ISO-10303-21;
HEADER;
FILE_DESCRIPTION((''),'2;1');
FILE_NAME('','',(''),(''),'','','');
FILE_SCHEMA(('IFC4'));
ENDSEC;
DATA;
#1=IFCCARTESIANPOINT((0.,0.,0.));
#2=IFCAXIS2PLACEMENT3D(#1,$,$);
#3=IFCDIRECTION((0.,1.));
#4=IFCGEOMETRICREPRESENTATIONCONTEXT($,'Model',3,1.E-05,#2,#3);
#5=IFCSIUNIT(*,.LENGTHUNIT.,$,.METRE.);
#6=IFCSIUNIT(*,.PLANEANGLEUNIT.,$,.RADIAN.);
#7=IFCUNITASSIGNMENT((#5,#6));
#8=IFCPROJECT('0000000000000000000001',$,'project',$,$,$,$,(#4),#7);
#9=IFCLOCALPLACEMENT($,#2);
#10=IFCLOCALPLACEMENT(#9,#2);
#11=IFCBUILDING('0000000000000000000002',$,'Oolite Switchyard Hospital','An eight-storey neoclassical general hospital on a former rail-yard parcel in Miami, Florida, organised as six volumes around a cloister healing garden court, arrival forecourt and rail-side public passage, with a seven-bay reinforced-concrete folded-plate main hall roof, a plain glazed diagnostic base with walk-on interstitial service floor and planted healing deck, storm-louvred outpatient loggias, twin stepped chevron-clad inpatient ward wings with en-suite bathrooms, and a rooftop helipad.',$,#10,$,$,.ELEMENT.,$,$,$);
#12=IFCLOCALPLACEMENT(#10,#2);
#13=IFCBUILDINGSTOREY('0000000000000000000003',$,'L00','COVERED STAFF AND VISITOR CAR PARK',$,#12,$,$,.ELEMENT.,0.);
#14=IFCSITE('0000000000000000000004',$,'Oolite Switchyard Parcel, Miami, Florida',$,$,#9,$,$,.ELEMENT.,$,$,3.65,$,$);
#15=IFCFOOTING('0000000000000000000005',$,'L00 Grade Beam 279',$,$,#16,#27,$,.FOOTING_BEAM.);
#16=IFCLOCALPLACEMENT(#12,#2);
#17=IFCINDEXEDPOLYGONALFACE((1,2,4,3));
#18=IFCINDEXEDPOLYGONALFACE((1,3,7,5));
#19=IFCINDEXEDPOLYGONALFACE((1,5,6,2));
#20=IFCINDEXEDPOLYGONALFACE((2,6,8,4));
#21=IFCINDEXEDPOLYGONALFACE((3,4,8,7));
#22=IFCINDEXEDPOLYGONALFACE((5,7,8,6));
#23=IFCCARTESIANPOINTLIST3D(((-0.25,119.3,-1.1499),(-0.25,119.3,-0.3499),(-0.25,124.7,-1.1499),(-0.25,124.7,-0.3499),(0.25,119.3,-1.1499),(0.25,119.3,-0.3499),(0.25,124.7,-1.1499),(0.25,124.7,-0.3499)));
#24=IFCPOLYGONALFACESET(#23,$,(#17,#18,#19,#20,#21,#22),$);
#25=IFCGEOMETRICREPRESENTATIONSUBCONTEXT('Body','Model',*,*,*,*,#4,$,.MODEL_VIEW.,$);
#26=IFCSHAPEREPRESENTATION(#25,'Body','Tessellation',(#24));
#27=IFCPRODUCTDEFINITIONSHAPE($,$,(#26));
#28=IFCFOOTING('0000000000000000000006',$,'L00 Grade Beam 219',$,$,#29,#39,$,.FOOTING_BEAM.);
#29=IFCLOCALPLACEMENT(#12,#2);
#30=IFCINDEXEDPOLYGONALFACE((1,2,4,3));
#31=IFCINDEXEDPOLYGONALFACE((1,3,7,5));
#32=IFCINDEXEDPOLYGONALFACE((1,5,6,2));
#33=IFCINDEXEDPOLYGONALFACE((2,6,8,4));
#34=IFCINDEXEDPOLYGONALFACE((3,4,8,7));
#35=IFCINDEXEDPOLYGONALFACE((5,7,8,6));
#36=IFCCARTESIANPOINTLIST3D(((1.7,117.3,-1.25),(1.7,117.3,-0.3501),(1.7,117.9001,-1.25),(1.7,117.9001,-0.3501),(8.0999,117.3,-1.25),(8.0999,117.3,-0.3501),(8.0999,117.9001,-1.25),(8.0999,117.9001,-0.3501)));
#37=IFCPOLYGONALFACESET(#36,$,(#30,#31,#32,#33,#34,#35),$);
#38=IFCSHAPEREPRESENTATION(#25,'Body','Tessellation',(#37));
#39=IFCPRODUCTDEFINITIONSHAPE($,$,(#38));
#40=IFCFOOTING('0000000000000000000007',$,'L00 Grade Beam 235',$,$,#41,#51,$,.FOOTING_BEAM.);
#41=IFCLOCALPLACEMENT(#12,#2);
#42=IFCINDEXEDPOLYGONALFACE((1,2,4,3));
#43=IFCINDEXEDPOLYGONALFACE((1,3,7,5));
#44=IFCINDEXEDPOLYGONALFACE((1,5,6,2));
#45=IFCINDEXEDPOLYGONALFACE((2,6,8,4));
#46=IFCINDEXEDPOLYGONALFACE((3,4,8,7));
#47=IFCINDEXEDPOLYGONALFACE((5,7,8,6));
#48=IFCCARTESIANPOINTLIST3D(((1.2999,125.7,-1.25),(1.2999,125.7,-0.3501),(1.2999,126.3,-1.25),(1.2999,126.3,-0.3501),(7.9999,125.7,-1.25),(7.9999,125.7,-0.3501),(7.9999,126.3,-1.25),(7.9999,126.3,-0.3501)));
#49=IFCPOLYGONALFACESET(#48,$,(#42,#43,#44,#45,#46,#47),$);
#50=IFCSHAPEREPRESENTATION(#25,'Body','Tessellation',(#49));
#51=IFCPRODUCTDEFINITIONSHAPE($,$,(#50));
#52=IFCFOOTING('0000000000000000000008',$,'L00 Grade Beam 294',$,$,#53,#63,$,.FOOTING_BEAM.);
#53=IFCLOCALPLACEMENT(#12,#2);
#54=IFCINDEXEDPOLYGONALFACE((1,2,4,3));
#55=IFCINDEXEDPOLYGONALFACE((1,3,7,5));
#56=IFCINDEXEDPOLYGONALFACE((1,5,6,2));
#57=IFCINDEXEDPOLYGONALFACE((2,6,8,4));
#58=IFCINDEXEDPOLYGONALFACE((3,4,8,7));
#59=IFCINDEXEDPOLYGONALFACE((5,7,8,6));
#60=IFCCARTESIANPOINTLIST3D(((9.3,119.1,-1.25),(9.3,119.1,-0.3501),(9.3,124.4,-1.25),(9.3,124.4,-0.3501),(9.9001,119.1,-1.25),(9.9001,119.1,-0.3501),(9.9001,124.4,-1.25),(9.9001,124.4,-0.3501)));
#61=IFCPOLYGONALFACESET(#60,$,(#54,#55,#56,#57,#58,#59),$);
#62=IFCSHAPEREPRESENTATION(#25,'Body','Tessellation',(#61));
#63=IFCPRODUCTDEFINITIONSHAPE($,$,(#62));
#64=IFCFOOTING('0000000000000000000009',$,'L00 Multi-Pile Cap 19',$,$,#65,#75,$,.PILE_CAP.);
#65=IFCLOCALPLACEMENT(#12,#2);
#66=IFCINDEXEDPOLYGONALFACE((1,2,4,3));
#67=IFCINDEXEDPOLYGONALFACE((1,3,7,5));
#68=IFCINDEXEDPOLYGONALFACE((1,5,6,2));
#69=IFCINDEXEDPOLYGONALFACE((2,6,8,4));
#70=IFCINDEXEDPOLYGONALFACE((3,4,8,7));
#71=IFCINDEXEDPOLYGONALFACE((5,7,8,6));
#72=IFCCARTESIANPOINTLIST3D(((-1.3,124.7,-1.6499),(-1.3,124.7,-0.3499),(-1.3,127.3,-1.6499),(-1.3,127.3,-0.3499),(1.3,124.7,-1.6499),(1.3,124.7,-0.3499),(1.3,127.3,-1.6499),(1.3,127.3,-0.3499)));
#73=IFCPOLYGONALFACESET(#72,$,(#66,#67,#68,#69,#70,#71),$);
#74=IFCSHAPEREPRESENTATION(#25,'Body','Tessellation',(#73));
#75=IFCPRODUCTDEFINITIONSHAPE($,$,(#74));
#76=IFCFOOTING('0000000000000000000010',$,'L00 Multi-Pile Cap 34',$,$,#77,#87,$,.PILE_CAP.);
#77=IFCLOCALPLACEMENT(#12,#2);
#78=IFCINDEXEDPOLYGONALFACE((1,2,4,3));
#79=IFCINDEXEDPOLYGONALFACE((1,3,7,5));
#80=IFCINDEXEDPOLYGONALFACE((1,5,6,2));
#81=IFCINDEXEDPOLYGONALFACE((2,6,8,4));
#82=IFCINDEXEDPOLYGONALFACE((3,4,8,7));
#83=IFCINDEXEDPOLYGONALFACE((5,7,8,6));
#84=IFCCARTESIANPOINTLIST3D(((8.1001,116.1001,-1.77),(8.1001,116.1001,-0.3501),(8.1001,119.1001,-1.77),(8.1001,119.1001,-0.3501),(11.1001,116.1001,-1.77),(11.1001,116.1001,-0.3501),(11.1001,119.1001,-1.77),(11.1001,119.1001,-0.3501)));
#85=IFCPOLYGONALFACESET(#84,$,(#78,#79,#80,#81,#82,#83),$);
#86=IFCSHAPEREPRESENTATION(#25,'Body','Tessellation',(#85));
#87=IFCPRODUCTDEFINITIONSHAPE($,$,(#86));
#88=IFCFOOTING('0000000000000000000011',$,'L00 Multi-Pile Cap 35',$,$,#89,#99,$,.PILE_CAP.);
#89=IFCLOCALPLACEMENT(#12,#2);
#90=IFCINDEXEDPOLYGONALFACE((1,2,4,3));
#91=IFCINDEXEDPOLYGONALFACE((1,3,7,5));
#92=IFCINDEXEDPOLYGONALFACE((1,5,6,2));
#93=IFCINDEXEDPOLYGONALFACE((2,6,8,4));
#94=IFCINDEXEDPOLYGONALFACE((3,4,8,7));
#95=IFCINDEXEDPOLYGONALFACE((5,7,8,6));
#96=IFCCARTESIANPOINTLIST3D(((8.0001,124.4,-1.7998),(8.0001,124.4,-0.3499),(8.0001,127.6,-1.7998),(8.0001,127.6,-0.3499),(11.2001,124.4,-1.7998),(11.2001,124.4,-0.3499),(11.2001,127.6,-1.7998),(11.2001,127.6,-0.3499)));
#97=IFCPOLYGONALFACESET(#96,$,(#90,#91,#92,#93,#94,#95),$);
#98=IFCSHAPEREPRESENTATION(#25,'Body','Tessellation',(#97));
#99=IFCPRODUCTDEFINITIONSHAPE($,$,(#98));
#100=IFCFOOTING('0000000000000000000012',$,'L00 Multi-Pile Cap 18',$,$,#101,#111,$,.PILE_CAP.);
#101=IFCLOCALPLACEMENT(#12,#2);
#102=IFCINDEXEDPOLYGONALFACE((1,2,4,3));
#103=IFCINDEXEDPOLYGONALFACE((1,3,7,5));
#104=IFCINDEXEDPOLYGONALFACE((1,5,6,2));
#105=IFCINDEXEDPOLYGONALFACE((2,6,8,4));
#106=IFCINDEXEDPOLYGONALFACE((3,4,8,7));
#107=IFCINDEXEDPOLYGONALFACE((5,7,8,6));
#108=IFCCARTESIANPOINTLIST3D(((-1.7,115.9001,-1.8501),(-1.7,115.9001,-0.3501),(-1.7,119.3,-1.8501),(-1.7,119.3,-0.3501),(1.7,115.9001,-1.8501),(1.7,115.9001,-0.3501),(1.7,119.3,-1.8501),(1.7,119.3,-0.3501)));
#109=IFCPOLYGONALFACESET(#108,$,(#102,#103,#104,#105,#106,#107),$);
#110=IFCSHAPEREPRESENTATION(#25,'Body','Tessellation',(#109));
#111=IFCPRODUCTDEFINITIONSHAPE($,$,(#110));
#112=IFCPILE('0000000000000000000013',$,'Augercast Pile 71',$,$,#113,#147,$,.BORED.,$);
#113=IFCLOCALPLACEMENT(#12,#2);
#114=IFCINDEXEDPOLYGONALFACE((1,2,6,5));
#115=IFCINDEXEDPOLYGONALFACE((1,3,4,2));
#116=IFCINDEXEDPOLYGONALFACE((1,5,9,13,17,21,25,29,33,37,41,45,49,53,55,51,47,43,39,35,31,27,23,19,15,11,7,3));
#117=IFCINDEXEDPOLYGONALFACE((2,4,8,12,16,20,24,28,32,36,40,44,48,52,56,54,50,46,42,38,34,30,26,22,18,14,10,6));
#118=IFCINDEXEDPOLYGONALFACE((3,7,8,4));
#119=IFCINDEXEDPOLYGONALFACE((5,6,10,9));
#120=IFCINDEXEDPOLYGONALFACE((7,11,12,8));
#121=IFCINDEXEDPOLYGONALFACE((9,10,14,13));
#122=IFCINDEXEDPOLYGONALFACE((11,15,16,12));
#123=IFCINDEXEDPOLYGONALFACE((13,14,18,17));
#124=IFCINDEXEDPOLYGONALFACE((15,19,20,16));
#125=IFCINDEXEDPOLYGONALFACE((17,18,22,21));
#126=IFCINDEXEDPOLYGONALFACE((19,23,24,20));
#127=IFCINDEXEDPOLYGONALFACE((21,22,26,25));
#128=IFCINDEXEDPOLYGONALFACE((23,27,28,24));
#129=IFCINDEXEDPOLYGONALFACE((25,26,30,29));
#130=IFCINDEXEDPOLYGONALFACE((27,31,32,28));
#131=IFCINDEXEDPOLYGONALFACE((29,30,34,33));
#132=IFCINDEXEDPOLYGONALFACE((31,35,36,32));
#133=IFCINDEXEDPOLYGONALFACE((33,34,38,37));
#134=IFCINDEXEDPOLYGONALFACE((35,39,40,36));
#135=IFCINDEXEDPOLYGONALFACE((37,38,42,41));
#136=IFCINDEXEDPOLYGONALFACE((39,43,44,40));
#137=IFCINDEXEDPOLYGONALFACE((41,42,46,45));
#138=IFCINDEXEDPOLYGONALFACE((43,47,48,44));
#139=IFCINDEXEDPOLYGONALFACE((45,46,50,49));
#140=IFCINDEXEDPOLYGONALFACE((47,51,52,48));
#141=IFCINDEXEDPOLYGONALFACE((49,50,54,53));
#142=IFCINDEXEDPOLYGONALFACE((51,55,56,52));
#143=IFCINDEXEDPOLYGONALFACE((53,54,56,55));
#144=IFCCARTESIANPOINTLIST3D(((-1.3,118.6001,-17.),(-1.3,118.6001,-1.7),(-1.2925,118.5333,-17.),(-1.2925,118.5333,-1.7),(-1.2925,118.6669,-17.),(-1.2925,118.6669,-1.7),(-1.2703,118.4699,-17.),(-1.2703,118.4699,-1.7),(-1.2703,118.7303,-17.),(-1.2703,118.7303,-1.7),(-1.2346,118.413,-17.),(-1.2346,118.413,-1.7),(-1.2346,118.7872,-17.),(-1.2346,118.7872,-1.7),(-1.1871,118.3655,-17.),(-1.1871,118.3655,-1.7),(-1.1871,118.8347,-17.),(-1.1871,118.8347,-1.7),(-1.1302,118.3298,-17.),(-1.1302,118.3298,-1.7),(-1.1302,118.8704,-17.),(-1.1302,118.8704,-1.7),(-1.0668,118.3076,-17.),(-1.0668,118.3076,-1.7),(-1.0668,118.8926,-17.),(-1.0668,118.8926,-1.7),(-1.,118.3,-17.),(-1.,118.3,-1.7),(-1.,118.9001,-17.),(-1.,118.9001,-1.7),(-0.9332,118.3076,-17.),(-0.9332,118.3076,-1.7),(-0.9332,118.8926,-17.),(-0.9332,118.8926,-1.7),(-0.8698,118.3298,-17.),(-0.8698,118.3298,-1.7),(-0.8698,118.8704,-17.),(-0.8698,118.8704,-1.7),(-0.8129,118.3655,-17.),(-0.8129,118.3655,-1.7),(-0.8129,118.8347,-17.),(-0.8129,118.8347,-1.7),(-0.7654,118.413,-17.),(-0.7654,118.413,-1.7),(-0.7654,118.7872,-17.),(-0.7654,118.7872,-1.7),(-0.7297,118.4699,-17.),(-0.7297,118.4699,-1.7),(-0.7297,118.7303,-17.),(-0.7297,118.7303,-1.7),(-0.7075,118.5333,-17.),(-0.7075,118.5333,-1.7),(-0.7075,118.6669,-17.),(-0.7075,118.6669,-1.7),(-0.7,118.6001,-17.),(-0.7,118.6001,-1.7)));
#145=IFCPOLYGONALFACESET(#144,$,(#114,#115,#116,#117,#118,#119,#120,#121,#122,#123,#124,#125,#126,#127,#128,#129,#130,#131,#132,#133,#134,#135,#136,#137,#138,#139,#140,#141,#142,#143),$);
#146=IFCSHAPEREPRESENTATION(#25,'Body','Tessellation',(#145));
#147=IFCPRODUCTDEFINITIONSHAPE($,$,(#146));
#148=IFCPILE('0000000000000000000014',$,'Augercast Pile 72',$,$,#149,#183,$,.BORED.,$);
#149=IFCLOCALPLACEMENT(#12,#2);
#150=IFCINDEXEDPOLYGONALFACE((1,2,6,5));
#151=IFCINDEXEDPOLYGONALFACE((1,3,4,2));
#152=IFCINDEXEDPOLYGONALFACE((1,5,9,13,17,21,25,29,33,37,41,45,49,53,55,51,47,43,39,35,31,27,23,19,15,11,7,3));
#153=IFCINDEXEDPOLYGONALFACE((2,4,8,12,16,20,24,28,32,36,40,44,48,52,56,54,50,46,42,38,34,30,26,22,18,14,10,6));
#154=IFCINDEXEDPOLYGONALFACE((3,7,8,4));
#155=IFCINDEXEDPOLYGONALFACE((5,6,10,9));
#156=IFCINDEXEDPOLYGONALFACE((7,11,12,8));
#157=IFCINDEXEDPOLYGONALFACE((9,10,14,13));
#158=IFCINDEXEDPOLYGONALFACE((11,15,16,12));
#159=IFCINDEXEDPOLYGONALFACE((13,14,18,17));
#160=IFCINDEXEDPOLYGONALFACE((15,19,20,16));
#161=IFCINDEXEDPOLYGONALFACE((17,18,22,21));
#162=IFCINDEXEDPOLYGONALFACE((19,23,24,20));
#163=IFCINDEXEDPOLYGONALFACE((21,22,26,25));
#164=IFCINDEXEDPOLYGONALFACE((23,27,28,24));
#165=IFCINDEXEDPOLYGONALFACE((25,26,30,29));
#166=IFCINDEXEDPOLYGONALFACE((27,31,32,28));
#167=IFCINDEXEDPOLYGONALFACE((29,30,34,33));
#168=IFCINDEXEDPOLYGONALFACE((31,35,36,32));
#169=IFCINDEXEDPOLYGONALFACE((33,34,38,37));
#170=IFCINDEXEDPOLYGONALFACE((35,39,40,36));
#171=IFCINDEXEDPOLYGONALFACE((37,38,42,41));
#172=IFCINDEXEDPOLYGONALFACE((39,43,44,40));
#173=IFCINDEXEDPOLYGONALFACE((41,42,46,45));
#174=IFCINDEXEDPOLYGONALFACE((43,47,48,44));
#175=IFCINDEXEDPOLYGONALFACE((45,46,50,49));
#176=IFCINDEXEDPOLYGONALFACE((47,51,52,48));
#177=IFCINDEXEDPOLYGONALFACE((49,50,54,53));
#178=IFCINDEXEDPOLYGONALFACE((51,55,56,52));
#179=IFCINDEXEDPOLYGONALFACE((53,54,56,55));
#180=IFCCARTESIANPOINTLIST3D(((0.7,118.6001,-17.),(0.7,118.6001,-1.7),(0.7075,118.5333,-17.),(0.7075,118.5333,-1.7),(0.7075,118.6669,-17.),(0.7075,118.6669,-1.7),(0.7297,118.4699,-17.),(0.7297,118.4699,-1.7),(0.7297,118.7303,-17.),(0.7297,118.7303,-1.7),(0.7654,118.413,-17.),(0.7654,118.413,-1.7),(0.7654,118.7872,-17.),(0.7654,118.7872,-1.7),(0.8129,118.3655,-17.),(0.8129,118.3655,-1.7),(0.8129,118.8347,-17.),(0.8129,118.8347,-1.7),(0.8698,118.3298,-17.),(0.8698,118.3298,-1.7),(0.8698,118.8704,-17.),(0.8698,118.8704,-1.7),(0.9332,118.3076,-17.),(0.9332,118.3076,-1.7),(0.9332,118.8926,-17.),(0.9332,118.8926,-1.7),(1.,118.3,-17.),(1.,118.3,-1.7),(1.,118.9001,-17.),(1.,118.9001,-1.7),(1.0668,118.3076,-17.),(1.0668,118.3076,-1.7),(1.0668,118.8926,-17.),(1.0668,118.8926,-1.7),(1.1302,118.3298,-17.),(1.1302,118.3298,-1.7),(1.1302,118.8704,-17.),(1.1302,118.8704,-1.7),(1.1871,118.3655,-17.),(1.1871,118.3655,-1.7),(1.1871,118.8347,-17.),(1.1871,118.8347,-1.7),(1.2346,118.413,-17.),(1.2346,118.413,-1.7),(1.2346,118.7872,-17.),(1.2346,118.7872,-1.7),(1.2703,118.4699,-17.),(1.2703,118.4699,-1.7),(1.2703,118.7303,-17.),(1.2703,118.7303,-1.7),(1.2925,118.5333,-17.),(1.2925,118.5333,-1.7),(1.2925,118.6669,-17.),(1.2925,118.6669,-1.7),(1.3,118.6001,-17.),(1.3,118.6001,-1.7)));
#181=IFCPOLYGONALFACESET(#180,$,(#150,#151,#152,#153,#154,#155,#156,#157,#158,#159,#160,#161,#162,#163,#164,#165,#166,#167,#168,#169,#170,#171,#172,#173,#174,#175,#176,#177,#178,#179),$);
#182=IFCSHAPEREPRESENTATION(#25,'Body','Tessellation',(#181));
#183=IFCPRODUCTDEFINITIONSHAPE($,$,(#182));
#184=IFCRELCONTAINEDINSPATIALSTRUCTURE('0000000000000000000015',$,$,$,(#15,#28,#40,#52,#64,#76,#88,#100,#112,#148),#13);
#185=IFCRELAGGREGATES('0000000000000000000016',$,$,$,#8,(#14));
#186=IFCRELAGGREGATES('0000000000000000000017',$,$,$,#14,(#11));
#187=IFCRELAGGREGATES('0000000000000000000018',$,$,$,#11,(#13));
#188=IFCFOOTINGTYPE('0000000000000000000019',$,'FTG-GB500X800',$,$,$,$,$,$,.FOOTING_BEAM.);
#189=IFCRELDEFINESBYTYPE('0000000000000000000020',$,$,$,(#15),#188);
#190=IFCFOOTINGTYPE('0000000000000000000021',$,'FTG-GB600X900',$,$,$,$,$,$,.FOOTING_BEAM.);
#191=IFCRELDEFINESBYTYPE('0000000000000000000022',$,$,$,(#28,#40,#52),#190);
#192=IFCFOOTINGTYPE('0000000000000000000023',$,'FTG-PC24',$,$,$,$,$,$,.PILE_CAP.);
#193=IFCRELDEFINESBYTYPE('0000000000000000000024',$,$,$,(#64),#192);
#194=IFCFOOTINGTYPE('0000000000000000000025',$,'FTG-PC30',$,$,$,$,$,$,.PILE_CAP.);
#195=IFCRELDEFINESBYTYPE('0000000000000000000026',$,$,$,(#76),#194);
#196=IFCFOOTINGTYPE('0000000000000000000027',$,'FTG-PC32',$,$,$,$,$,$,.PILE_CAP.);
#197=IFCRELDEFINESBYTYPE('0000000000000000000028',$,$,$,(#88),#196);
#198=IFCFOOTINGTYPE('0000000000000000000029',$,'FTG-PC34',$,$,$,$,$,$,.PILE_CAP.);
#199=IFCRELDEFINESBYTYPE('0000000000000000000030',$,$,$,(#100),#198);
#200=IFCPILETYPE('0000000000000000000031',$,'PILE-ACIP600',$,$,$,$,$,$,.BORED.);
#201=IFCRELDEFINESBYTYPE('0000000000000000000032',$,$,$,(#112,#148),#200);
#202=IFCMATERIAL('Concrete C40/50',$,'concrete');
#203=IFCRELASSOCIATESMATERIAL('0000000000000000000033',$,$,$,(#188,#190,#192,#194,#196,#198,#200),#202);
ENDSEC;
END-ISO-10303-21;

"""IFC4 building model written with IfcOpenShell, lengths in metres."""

from ifc_helpers import new_model, si_unit, direction, frame, origin, origin_2d, place, context, subcontext, project, spatial, rectangle, circle, extrude, material, material_profile, profile_set, type_object, element, save


model = new_model("IFC4")

# Units and contexts
model_context = context("Model", 3, precision=1e-05, world=origin(), true_north=direction((0.0, 1.0)))
body_context = subcontext(model_context, "Body", "Model", "MODEL_VIEW")
ifc_project = project(units=[si_unit("LENGTHUNIT", "METRE"), si_unit("PLANEANGLEUNIT", "RADIAN")], contexts=[model_context])

# Site, building, storey
site_placement = place(None, origin())
site = spatial("IfcSite", under=ifc_project, at=site_placement, Name="Oolite Switchyard Parcel, Miami, Florida", CompositionType="ELEMENT", RefElevation=3.65)
building_placement = place(site_placement, origin())
building = spatial("IfcBuilding", under=site, at=building_placement, Name="Oolite Switchyard Hospital", Description="An eight-storey neoclassical general hospital on a former rail-yard parcel in Miami, Florida, organised as six volumes around a cloister healing garden court, arrival forecourt and rail-side public passage, with a seven-bay reinforced-concrete folded-plate main hall roof, a plain glazed diagnostic base with walk-on interstitial service floor and planted healing deck, storm-louvred outpatient loggias, twin stepped chevron-clad inpatient ward wings with en-suite bathrooms, and a rooftop helipad.", CompositionType="ELEMENT")
storey_placement = place(building_placement, origin())
storey = spatial("IfcBuildingStorey", under=building, at=storey_placement, Name="L00", Description="COVERED STAFF AND VISITOR CAR PARK", CompositionType="ELEMENT", Elevation=0.0)

# Footings
ifc_material_1 = material(Name="Concrete C40/50", Category="concrete")
footing_type_1 = type_object("IfcFootingType", Name="FTG-GB500X800", PredefinedType="FOOTING_BEAM", material=ifc_material_1)
footing_1_placement = place(storey_placement, frame((0.0, 122.0, -1.1499), z_axis=(0.0, 0.0, 1.0), x_axis=(0.0, 1.0, 0.0)))
element("IfcFooting", 1, at=footing_1_placement, inside=storey, type_object=footing_type_1, Name="L00 Grade Beam 279", PredefinedType="FOOTING_BEAM", context=body_context, shape_type="SweptSolid", body=[
    extrude(rectangle(XDim=5.3999, YDim=0.5, at=origin_2d()), origin(), (0.0, 0.0, 1.0), 0.8),
])
footing_type_2 = type_object("IfcFootingType", Name="FTG-GB600X900", PredefinedType="FOOTING_BEAM", material=ifc_material_1)
footing_2_placement = place(storey_placement, frame((4.8999, 117.6001, -1.25), z_axis=(0.0, 0.0, 1.0), x_axis=(1.0, 0.0, 0.0)))
element("IfcFooting", 2, at=footing_2_placement, inside=storey, type_object=footing_type_2, Name="L00 Grade Beam 219", PredefinedType="FOOTING_BEAM", context=body_context, shape_type="SweptSolid", body=[
    extrude(rectangle(XDim=6.3999, YDim=0.6001, at=origin_2d()), origin(), (0.0, 0.0, 1.0), 0.8999),
])
footing_3_placement = place(storey_placement, frame((4.6499, 126.0, -1.25), z_axis=(0.0, 0.0, 1.0), x_axis=(1.0, 0.0, 0.0)))
element("IfcFooting", 3, at=footing_3_placement, inside=storey, type_object=footing_type_2, Name="L00 Grade Beam 235", PredefinedType="FOOTING_BEAM", context=body_context, shape_type="SweptSolid", body=[
    extrude(rectangle(XDim=6.7, YDim=0.6001, at=origin_2d()), origin(), (0.0, 0.0, 1.0), 0.8999),
])
footing_4_placement = place(storey_placement, frame((9.6001, 121.75, -1.25), z_axis=(0.0, 0.0, 1.0), x_axis=(0.0, 1.0, 0.0)))
element("IfcFooting", 4, at=footing_4_placement, inside=storey, type_object=footing_type_2, Name="L00 Grade Beam 294", PredefinedType="FOOTING_BEAM", context=body_context, shape_type="SweptSolid", body=[
    extrude(rectangle(XDim=5.3, YDim=0.6001, at=origin_2d()), origin(), (0.0, 0.0, 1.0), 0.8999),
])
footing_type_3 = type_object("IfcFootingType", Name="FTG-PC24", PredefinedType="PILE_CAP", material=ifc_material_1)
footing_5_placement = place(storey_placement, frame((0.0, 126.0, -1.6499), z_axis=(0.0, 0.0, 1.0), x_axis=(1.0, 0.0, 0.0)))
element("IfcFooting", 5, at=footing_5_placement, inside=storey, type_object=footing_type_3, Name="L00 Multi-Pile Cap 19", PredefinedType="PILE_CAP", context=body_context, shape_type="SweptSolid", body=[
    extrude(rectangle(XDim=2.6001, YDim=2.6001, at=origin_2d()), origin(), (0.0, 0.0, 1.0), 1.3),
])
footing_type_4 = type_object("IfcFootingType", Name="FTG-PC30", PredefinedType="PILE_CAP", material=ifc_material_1)
footing_6_placement = place(storey_placement, frame((9.6001, 117.6001, -1.77), z_axis=(0.0, 0.0, 1.0), x_axis=(1.0, 0.0, 0.0)))
element("IfcFooting", 6, at=footing_6_placement, inside=storey, type_object=footing_type_4, Name="L00 Multi-Pile Cap 34", PredefinedType="PILE_CAP", context=body_context, shape_type="SweptSolid", body=[
    extrude(rectangle(XDim=3.0, YDim=3.0, at=origin_2d()), origin(), (0.0, 0.0, 1.0), 1.4199),
])
footing_type_5 = type_object("IfcFootingType", Name="FTG-PC32", PredefinedType="PILE_CAP", material=ifc_material_1)
footing_7_placement = place(storey_placement, frame((9.6001, 126.0, -1.7998), z_axis=(0.0, 0.0, 1.0), x_axis=(1.0, 0.0, 0.0)))
element("IfcFooting", 7, at=footing_7_placement, inside=storey, type_object=footing_type_5, Name="L00 Multi-Pile Cap 35", PredefinedType="PILE_CAP", context=body_context, shape_type="SweptSolid", body=[
    extrude(rectangle(XDim=3.2, YDim=3.2, at=origin_2d()), origin(), (0.0, 0.0, 1.0), 1.45),
])
footing_type_6 = type_object("IfcFootingType", Name="FTG-PC34", PredefinedType="PILE_CAP", material=ifc_material_1)
footing_8_placement = place(storey_placement, frame((0.0, 117.6001, -1.8501), z_axis=(0.0, 0.0, 1.0), x_axis=(1.0, 0.0, 0.0)))
element("IfcFooting", 8, at=footing_8_placement, inside=storey, type_object=footing_type_6, Name="L00 Multi-Pile Cap 18", PredefinedType="PILE_CAP", context=body_context, shape_type="SweptSolid", body=[
    extrude(rectangle(XDim=3.3999, YDim=3.3999, at=origin_2d()), origin(), (0.0, 0.0, 1.0), 1.5),
])

# Piles
ifc_material_profile_1 = material_profile(ifc_material_1, circle(Radius=0.3, at=origin_2d()), Name="PILE600")
ifc_profile_set_1 = profile_set([ifc_material_profile_1], Name="Concrete C40/50")
pile_type = type_object("IfcPileType", Name="PILE-ACIP600", PredefinedType="BORED", material=ifc_profile_set_1)
for number, where, z_axis, x_axis, name in (
    (9, (-1.0, 118.6001, -1.7), (0.0, 0.0, -1.0), (1.0, 0.0, 0.0), "Augercast Pile 71"),
    (10, (1.0, 118.6001, -1.7), (0.0, 0.0, -1.0), (1.0, 0.0, 0.0), "Augercast Pile 72"),
):
    element("IfcPile", number, at=place(storey_placement, frame(where, z_axis=z_axis, x_axis=x_axis)), inside=storey, type_object=pile_type, Name=name, PredefinedType="BORED", context=body_context, shape_type="SweptSolid", body=[
        extrude(circle(Radius=0.3, at=origin_2d()), origin(), (0.0, 0.0, 1.0), 15.3),
    ])

save(model, "model.ifc")
